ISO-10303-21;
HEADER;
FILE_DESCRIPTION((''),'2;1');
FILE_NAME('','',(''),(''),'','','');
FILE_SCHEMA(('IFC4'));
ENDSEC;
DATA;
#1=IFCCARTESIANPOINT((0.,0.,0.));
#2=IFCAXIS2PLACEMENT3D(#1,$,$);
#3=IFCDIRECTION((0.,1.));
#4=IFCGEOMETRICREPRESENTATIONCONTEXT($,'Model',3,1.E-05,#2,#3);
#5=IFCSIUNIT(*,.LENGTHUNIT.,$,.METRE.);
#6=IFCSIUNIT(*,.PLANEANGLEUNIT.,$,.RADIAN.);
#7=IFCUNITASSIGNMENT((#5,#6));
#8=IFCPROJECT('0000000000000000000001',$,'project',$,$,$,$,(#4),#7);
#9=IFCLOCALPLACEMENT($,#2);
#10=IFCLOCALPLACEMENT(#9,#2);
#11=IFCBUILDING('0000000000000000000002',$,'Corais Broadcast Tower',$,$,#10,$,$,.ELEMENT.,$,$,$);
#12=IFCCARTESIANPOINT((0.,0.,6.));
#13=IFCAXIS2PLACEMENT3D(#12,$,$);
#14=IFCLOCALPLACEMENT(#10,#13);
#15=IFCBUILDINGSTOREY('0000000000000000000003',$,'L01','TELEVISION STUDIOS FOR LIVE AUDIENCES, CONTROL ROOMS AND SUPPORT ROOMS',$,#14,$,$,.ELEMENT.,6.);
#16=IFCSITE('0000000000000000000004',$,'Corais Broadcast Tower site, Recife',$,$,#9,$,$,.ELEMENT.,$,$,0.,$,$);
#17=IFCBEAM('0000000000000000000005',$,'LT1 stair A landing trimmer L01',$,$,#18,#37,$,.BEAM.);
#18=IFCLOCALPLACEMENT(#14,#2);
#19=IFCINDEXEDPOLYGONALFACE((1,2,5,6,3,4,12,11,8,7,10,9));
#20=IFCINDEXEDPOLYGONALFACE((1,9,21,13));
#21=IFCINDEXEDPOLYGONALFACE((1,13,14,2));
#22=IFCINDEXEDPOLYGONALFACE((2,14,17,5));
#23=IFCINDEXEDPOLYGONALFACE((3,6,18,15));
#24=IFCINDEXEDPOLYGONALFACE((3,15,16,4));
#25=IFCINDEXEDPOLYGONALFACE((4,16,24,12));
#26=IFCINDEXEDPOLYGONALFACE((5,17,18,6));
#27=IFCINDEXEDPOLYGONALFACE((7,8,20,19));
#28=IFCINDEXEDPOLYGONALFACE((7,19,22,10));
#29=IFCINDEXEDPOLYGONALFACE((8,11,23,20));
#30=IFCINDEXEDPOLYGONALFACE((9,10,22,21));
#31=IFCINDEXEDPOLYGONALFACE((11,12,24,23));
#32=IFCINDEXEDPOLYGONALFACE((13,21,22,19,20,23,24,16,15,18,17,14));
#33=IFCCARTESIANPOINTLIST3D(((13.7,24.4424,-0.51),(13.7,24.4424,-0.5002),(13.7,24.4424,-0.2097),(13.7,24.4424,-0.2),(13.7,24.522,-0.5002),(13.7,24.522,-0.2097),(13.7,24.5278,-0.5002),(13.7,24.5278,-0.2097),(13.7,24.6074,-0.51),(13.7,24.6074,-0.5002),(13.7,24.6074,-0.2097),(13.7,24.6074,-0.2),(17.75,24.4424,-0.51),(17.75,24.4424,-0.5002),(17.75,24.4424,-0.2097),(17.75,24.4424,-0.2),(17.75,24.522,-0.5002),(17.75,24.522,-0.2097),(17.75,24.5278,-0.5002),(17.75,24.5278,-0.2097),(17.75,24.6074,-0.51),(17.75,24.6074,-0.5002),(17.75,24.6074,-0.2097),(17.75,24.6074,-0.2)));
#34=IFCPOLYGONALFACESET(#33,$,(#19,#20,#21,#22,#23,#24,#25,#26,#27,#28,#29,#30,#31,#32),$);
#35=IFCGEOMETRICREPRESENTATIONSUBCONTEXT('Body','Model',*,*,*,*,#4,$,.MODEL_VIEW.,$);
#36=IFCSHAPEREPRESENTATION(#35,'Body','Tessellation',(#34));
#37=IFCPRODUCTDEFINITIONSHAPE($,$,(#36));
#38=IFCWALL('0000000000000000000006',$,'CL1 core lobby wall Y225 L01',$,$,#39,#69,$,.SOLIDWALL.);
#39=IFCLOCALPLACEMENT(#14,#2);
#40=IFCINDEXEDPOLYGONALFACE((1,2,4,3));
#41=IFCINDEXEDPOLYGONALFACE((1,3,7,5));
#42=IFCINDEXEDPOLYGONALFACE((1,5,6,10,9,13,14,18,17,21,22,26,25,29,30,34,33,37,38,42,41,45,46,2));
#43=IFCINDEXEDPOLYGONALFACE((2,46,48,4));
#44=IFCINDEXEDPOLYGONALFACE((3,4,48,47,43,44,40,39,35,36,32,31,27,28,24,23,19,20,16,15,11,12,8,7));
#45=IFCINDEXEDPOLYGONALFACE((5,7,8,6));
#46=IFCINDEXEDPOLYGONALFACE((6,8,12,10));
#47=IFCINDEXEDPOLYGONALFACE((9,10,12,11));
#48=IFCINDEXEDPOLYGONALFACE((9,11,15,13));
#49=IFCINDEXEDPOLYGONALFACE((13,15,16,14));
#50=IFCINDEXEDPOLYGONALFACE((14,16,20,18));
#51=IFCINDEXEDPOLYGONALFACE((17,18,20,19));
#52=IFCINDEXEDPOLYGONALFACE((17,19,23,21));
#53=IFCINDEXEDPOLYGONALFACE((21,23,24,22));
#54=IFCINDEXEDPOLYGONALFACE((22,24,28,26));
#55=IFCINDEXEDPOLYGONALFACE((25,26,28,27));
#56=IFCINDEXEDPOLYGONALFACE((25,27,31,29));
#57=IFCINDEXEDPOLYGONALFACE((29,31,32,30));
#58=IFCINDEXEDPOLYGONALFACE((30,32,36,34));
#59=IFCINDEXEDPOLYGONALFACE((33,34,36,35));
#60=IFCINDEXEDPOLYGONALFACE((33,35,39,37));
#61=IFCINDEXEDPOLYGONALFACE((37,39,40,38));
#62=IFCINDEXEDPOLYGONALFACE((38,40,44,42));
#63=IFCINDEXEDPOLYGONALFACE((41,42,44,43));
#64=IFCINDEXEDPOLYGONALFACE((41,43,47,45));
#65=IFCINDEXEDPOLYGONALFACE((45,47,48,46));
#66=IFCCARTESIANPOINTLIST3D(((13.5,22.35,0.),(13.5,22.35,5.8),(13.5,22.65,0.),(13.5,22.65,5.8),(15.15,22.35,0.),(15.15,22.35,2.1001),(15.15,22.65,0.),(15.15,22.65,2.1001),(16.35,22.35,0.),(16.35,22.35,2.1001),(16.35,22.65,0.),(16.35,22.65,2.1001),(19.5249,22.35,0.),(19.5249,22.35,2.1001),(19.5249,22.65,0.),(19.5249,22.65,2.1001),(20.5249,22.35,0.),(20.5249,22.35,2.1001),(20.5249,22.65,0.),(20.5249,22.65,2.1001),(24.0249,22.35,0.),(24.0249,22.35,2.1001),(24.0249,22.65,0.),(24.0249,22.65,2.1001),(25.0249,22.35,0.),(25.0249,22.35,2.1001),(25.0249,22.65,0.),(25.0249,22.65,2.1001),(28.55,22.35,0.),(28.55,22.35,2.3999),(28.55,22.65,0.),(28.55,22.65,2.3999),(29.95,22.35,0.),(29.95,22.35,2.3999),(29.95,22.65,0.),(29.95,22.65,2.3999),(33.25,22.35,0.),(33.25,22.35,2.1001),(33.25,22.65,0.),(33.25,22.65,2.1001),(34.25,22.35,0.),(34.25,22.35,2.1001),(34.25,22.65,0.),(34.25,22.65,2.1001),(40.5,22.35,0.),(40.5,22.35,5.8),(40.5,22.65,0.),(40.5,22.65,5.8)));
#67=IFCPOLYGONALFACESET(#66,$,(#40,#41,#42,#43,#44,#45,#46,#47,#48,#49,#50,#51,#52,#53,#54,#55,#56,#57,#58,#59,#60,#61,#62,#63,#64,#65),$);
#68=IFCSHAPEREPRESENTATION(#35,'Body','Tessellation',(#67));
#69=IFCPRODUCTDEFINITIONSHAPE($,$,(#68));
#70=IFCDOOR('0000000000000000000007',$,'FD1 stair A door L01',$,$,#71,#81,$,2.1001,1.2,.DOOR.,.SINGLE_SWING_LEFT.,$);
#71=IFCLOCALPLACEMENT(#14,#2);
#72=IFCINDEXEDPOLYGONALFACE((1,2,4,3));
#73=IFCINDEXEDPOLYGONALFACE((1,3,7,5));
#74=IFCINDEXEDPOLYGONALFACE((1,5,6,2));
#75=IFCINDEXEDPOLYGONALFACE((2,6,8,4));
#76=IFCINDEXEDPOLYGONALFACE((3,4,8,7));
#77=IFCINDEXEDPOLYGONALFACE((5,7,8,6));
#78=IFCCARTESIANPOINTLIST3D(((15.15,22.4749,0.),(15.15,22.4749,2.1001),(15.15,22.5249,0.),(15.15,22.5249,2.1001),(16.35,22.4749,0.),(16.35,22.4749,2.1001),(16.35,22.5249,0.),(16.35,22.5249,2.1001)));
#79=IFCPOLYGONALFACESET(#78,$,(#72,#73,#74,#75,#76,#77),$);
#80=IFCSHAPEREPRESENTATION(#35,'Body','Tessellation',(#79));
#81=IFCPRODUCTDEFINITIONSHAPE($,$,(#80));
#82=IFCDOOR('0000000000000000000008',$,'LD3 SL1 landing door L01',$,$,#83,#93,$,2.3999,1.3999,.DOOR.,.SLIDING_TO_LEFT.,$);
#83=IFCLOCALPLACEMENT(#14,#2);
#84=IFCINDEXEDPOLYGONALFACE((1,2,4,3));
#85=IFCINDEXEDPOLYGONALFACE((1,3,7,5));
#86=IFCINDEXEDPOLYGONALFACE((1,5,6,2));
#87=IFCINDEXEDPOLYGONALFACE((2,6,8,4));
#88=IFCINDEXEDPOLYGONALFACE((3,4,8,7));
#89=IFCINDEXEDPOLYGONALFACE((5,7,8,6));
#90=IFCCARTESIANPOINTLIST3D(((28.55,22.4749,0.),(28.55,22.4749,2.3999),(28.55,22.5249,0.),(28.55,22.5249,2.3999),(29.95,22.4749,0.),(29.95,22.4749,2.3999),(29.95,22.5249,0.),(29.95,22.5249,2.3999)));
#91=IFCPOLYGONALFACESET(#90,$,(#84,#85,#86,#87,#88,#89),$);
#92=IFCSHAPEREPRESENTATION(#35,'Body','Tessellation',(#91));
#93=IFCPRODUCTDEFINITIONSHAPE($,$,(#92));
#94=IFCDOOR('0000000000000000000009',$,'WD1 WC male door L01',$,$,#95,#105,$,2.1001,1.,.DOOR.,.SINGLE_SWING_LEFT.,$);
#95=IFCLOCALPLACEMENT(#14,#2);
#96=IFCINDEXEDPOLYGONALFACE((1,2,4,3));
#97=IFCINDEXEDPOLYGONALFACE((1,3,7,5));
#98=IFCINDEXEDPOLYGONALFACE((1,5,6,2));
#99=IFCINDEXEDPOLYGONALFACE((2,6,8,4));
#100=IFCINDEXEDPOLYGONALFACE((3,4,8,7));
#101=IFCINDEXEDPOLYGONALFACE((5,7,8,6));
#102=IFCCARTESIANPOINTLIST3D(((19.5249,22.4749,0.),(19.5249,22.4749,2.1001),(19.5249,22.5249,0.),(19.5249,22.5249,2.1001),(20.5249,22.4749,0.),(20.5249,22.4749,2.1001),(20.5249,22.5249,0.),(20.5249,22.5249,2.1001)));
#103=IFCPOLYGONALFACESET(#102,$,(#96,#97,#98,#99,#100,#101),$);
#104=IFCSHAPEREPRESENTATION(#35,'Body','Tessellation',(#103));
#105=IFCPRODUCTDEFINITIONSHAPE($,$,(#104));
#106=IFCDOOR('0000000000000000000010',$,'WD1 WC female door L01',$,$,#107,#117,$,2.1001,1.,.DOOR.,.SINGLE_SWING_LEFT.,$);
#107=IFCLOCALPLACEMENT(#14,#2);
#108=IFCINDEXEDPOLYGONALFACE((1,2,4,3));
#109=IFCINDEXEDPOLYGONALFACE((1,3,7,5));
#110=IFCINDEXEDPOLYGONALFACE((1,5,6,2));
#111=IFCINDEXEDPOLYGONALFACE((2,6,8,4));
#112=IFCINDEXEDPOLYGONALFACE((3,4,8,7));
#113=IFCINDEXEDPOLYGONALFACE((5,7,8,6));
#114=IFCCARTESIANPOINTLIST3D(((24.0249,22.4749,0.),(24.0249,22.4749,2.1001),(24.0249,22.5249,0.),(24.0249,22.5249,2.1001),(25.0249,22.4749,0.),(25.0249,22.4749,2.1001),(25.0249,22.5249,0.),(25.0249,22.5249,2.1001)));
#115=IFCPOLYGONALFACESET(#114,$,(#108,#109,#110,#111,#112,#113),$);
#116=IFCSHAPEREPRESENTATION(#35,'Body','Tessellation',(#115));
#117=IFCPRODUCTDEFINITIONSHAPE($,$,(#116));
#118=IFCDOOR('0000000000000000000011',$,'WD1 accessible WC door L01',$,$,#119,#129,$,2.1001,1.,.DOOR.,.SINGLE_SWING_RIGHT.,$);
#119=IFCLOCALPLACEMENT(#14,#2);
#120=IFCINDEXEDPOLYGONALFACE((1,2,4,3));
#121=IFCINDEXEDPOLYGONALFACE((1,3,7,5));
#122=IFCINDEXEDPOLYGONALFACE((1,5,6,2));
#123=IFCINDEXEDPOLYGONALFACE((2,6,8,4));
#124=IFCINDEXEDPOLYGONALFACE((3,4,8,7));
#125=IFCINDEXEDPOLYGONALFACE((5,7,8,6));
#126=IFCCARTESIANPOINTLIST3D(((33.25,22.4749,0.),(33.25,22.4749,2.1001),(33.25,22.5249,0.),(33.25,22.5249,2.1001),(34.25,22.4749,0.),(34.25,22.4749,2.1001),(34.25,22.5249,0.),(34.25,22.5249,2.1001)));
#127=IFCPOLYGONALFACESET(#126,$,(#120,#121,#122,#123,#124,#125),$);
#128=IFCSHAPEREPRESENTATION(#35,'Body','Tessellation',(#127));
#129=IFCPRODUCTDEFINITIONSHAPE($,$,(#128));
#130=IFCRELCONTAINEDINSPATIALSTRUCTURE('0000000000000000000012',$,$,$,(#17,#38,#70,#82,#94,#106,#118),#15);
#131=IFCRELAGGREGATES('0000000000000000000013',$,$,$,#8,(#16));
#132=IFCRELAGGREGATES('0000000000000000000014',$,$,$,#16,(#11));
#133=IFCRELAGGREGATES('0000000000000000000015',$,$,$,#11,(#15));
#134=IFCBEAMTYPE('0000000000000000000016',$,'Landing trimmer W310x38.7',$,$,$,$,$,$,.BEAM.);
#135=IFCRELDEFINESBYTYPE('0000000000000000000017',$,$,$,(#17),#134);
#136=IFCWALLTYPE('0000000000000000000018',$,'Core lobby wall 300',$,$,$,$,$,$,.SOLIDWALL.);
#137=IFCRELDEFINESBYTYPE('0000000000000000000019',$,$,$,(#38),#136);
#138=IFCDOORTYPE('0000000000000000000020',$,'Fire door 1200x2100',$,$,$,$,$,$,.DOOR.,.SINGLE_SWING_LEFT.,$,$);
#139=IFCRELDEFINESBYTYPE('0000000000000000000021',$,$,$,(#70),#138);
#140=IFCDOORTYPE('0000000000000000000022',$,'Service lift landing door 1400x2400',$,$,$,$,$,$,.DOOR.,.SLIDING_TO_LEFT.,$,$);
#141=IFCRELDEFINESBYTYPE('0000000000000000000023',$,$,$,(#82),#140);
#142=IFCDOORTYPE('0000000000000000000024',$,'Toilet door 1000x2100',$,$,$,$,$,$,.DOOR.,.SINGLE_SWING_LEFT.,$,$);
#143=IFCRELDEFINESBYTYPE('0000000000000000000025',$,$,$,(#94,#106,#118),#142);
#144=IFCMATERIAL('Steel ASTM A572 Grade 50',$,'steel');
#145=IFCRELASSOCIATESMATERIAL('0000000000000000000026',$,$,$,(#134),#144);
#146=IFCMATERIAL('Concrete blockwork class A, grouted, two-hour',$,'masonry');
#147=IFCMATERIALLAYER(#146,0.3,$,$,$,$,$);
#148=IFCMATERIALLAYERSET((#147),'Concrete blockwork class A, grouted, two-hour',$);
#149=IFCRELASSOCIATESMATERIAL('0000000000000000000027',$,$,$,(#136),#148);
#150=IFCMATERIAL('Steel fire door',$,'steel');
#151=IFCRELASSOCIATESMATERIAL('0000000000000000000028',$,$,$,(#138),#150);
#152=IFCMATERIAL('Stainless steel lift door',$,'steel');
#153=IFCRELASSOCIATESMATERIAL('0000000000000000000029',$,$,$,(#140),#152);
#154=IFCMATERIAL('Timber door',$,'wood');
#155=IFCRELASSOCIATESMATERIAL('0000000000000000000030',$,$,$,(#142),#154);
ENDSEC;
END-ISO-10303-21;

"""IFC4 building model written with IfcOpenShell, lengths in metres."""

from ifc_helpers import new_model, si_unit, direction, frame, frame_2d, origin, origin_2d, place, context, subcontext, project, spatial, rectangle, i_section, extrude, material, layer, layer_set, material_profile, profile_set, type_object, element, fill, save


model = new_model("IFC4")

# Units and contexts
model_context = context("Model", 3, precision=1e-05, world=origin(), true_north=direction((0.0, 1.0)))
body_context = subcontext(model_context, "Body", "Model", "MODEL_VIEW")
ifc_project = project(units=[si_unit("LENGTHUNIT", "METRE"), si_unit("PLANEANGLEUNIT", "RADIAN")], contexts=[model_context])

# Site, building, storey
site_placement = place(None, origin())
site = spatial("IfcSite", under=ifc_project, at=site_placement, Name="Corais Broadcast Tower site, Recife", CompositionType="ELEMENT", RefElevation=0.0)
building_placement = place(site_placement, origin())
building = spatial("IfcBuilding", under=site, at=building_placement, Name="Corais Broadcast Tower", CompositionType="ELEMENT")
storey_placement = place(building_placement, frame((0.0, 0.0, 6.0)))
storey = spatial("IfcBuildingStorey", under=building, at=storey_placement, Name="L01", Description="TELEVISION STUDIOS FOR LIVE AUDIENCES, CONTROL ROOMS AND SUPPORT ROOMS", CompositionType="ELEMENT", Elevation=6.0)

# Beam
ifc_material_1 = material(Name="Steel ASTM A572 Grade 50", Category="steel")
ifc_material_profile = material_profile(ifc_material_1, i_section(OverallWidth=0.165, OverallDepth=0.3101, WebThickness=0.0059, FlangeThickness=0.0098, at=origin_2d()), Name="W310x38.7")
ifc_profile_set = profile_set([ifc_material_profile], Name="Steel ASTM A572 Grade 50")
beam_type = type_object("IfcBeamType", Name="Landing trimmer W310x38.7", PredefinedType="BEAM", material=ifc_profile_set)
beam_placement = place(storey_placement, frame((13.7, 24.5249, -0.355), z_axis=(1.0, 0.0, 0.0), x_axis=(0.0, 1.0, 0.0)))
element("IfcBeam", 1, at=beam_placement, inside=storey, type_object=beam_type, Name="LT1 stair A landing trimmer L01", PredefinedType="BEAM", context=body_context, shape_type="SweptSolid", body=[
    extrude(i_section(OverallWidth=0.165, OverallDepth=0.3101, WebThickness=0.0059, FlangeThickness=0.0098, at=origin_2d()), origin(), (0.0, 0.0, 1.0), 4.05),
])

# Wall, openings, doors
ifc_material_2 = material(Name="Concrete blockwork class A, grouted, two-hour", Category="masonry")
ifc_layer_1 = layer(ifc_material_2, 0.3)
ifc_layer_set_1 = layer_set([ifc_layer_1], Name="Concrete blockwork class A, grouted, two-hour")
wall_type_1 = type_object("IfcWallType", Name="Core lobby wall 300", PredefinedType="SOLIDWALL", material=ifc_layer_set_1)
wall_1_placement = place(storey_placement, frame((13.5, 22.5, 0.0), z_axis=(0.0, 0.0, 1.0), x_axis=(1.0, 0.0, 0.0)))
wall_1 = element("IfcWall", 2, at=wall_1_placement, inside=storey, type_object=wall_type_1, Name="CL1 core lobby wall Y225 L01", PredefinedType="SOLIDWALL", context=body_context, shape_type="SweptSolid", body=[
    extrude(rectangle(XDim=27.0, YDim=0.3, at=frame_2d((13.5, 0.0))), origin(), (0.0, 0.0, 1.0), 5.8),
])
opening_1_placement = place(wall_1_placement, frame((1.6499, 0.0, 0.0)))
opening_1 = element("IfcOpeningElement", 3, at=opening_1_placement, cuts=wall_1, PredefinedType="OPENING", context=body_context, shape_type="SweptSolid", body=[
    extrude(rectangle(XDim=1.2, YDim=2.1001, at=frame_2d((0.6001, 1.05))), frame((0.0, 0.1599, 0.0), z_axis=(0.0, -1.0, 0.0), x_axis=(1.0, 0.0, 0.0)), (0.0, 0.0, 1.0), 0.3201),
])
opening_2_placement = place(wall_1_placement, frame((6.0249, 0.0, 0.0)))
opening_2 = element("IfcOpeningElement", 4, at=opening_2_placement, cuts=wall_1, PredefinedType="OPENING", context=body_context, shape_type="SweptSolid", body=[
    extrude(rectangle(XDim=1.0, YDim=2.1001, at=frame_2d((0.5, 1.05))), frame((0.0, 0.1599, 0.0), z_axis=(0.0, -1.0, 0.0), x_axis=(1.0, 0.0, 0.0)), (0.0, 0.0, 1.0), 0.3201),
])
opening_3_placement = place(wall_1_placement, frame((10.5249, 0.0, 0.0)))
opening_3 = element("IfcOpeningElement", 5, at=opening_3_placement, cuts=wall_1, PredefinedType="OPENING", context=body_context, shape_type="SweptSolid", body=[
    extrude(rectangle(XDim=1.0, YDim=2.1001, at=frame_2d((0.5, 1.05))), frame((0.0, 0.1599, 0.0), z_axis=(0.0, -1.0, 0.0), x_axis=(1.0, 0.0, 0.0)), (0.0, 0.0, 1.0), 0.3201),
])
opening_4_placement = place(wall_1_placement, frame((19.75, 0.0, 0.0)))
opening_4 = element("IfcOpeningElement", 6, at=opening_4_placement, cuts=wall_1, PredefinedType="OPENING", context=body_context, shape_type="SweptSolid", body=[
    extrude(rectangle(XDim=1.0, YDim=2.1001, at=frame_2d((0.5, 1.05))), frame((0.0, 0.1599, 0.0), z_axis=(0.0, -1.0, 0.0), x_axis=(1.0, 0.0, 0.0)), (0.0, 0.0, 1.0), 0.3201),
])
opening_5_placement = place(wall_1_placement, frame((15.05, 0.0, 0.0)))
opening_5 = element("IfcOpeningElement", 7, at=opening_5_placement, cuts=wall_1, PredefinedType="OPENING", context=body_context, shape_type="SweptSolid", body=[
    extrude(rectangle(XDim=1.3999, YDim=2.3999, at=frame_2d((0.7, 1.2))), frame((0.0, 0.1599, 0.0), z_axis=(0.0, -1.0, 0.0), x_axis=(1.0, 0.0, 0.0)), (0.0, 0.0, 1.0), 0.3201),
])
ifc_material_3 = material(Name="Steel fire door", Category="steel")
door_type_1 = type_object("IfcDoorType", Name="Fire door 1200x2100", OperationType="SINGLE_SWING_LEFT", PredefinedType="DOOR", material=ifc_material_3)
door_1_placement = place(opening_1_placement, origin())
door_1 = element("IfcDoor", 8, at=door_1_placement, inside=storey, type_object=door_type_1, Name="FD1 stair A door L01", OperationType="SINGLE_SWING_LEFT", OverallHeight=2.1001, OverallWidth=1.2, PredefinedType="DOOR", context=body_context, shape_type="SweptSolid", body=[
    extrude(rectangle(XDim=1.2, YDim=2.1001, at=frame_2d((0.6001, 1.05))), frame((0.0, 0.0249, 0.0), z_axis=(0.0, -1.0, 0.0), x_axis=(1.0, 0.0, 0.0)), (0.0, 0.0, 1.0), 0.05),
])
fill(opening_1, door_1)
ifc_material_4 = material(Name="Stainless steel lift door", Category="steel")
door_type_2 = type_object("IfcDoorType", Name="Service lift landing door 1400x2400", OperationType="SLIDING_TO_LEFT", PredefinedType="DOOR", material=ifc_material_4)
door_2_placement = place(opening_5_placement, origin())
door_2 = element("IfcDoor", 9, at=door_2_placement, inside=storey, type_object=door_type_2, Name="LD3 SL1 landing door L01", OperationType="SLIDING_TO_LEFT", OverallHeight=2.3999, OverallWidth=1.3999, PredefinedType="DOOR", context=body_context, shape_type="SweptSolid", body=[
    extrude(rectangle(XDim=1.3999, YDim=2.3999, at=frame_2d((0.7, 1.2))), frame((0.0, 0.0249, 0.0), z_axis=(0.0, -1.0, 0.0), x_axis=(1.0, 0.0, 0.0)), (0.0, 0.0, 1.0), 0.05),
])
fill(opening_5, door_2)
ifc_material_5 = material(Name="Timber door", Category="wood")
door_type_3 = type_object("IfcDoorType", Name="Toilet door 1000x2100", OperationType="SINGLE_SWING_LEFT", PredefinedType="DOOR", material=ifc_material_5)
door_3_placement = place(opening_2_placement, origin())
door_3 = element("IfcDoor", 10, at=door_3_placement, inside=storey, type_object=door_type_3, Name="WD1 WC male door L01", OperationType="SINGLE_SWING_LEFT", OverallHeight=2.1001, OverallWidth=1.0, PredefinedType="DOOR", context=body_context, shape_type="SweptSolid", body=[
    extrude(rectangle(XDim=1.0, YDim=2.1001, at=frame_2d((0.5, 1.05))), frame((0.0, 0.0249, 0.0), z_axis=(0.0, -1.0, 0.0), x_axis=(1.0, 0.0, 0.0)), (0.0, 0.0, 1.0), 0.05),
])
fill(opening_2, door_3)
door_4_placement = place(opening_3_placement, origin())
door_4 = element("IfcDoor", 11, at=door_4_placement, inside=storey, type_object=door_type_3, Name="WD1 WC female door L01", OperationType="SINGLE_SWING_LEFT", OverallHeight=2.1001, OverallWidth=1.0, PredefinedType="DOOR", context=body_context, shape_type="SweptSolid", body=[
    extrude(rectangle(XDim=1.0, YDim=2.1001, at=frame_2d((0.5, 1.05))), frame((0.0, 0.0249, 0.0), z_axis=(0.0, -1.0, 0.0), x_axis=(1.0, 0.0, 0.0)), (0.0, 0.0, 1.0), 0.05),
])
fill(opening_3, door_4)
door_5_placement = place(opening_4_placement, origin())
door_5 = element("IfcDoor", 12, at=door_5_placement, inside=storey, type_object=door_type_3, Name="WD1 accessible WC door L01", OperationType="SINGLE_SWING_RIGHT", OverallHeight=2.1001, OverallWidth=1.0, PredefinedType="DOOR", context=body_context, shape_type="SweptSolid", body=[
    extrude(rectangle(XDim=1.0, YDim=2.1001, at=frame_2d((0.5, 1.05))), frame((0.0, 0.0249, 0.0), z_axis=(0.0, -1.0, 0.0), x_axis=(1.0, 0.0, 0.0)), (0.0, 0.0, 1.0), 0.05),
])
fill(opening_4, door_5)

save(model, "model.ifc")
